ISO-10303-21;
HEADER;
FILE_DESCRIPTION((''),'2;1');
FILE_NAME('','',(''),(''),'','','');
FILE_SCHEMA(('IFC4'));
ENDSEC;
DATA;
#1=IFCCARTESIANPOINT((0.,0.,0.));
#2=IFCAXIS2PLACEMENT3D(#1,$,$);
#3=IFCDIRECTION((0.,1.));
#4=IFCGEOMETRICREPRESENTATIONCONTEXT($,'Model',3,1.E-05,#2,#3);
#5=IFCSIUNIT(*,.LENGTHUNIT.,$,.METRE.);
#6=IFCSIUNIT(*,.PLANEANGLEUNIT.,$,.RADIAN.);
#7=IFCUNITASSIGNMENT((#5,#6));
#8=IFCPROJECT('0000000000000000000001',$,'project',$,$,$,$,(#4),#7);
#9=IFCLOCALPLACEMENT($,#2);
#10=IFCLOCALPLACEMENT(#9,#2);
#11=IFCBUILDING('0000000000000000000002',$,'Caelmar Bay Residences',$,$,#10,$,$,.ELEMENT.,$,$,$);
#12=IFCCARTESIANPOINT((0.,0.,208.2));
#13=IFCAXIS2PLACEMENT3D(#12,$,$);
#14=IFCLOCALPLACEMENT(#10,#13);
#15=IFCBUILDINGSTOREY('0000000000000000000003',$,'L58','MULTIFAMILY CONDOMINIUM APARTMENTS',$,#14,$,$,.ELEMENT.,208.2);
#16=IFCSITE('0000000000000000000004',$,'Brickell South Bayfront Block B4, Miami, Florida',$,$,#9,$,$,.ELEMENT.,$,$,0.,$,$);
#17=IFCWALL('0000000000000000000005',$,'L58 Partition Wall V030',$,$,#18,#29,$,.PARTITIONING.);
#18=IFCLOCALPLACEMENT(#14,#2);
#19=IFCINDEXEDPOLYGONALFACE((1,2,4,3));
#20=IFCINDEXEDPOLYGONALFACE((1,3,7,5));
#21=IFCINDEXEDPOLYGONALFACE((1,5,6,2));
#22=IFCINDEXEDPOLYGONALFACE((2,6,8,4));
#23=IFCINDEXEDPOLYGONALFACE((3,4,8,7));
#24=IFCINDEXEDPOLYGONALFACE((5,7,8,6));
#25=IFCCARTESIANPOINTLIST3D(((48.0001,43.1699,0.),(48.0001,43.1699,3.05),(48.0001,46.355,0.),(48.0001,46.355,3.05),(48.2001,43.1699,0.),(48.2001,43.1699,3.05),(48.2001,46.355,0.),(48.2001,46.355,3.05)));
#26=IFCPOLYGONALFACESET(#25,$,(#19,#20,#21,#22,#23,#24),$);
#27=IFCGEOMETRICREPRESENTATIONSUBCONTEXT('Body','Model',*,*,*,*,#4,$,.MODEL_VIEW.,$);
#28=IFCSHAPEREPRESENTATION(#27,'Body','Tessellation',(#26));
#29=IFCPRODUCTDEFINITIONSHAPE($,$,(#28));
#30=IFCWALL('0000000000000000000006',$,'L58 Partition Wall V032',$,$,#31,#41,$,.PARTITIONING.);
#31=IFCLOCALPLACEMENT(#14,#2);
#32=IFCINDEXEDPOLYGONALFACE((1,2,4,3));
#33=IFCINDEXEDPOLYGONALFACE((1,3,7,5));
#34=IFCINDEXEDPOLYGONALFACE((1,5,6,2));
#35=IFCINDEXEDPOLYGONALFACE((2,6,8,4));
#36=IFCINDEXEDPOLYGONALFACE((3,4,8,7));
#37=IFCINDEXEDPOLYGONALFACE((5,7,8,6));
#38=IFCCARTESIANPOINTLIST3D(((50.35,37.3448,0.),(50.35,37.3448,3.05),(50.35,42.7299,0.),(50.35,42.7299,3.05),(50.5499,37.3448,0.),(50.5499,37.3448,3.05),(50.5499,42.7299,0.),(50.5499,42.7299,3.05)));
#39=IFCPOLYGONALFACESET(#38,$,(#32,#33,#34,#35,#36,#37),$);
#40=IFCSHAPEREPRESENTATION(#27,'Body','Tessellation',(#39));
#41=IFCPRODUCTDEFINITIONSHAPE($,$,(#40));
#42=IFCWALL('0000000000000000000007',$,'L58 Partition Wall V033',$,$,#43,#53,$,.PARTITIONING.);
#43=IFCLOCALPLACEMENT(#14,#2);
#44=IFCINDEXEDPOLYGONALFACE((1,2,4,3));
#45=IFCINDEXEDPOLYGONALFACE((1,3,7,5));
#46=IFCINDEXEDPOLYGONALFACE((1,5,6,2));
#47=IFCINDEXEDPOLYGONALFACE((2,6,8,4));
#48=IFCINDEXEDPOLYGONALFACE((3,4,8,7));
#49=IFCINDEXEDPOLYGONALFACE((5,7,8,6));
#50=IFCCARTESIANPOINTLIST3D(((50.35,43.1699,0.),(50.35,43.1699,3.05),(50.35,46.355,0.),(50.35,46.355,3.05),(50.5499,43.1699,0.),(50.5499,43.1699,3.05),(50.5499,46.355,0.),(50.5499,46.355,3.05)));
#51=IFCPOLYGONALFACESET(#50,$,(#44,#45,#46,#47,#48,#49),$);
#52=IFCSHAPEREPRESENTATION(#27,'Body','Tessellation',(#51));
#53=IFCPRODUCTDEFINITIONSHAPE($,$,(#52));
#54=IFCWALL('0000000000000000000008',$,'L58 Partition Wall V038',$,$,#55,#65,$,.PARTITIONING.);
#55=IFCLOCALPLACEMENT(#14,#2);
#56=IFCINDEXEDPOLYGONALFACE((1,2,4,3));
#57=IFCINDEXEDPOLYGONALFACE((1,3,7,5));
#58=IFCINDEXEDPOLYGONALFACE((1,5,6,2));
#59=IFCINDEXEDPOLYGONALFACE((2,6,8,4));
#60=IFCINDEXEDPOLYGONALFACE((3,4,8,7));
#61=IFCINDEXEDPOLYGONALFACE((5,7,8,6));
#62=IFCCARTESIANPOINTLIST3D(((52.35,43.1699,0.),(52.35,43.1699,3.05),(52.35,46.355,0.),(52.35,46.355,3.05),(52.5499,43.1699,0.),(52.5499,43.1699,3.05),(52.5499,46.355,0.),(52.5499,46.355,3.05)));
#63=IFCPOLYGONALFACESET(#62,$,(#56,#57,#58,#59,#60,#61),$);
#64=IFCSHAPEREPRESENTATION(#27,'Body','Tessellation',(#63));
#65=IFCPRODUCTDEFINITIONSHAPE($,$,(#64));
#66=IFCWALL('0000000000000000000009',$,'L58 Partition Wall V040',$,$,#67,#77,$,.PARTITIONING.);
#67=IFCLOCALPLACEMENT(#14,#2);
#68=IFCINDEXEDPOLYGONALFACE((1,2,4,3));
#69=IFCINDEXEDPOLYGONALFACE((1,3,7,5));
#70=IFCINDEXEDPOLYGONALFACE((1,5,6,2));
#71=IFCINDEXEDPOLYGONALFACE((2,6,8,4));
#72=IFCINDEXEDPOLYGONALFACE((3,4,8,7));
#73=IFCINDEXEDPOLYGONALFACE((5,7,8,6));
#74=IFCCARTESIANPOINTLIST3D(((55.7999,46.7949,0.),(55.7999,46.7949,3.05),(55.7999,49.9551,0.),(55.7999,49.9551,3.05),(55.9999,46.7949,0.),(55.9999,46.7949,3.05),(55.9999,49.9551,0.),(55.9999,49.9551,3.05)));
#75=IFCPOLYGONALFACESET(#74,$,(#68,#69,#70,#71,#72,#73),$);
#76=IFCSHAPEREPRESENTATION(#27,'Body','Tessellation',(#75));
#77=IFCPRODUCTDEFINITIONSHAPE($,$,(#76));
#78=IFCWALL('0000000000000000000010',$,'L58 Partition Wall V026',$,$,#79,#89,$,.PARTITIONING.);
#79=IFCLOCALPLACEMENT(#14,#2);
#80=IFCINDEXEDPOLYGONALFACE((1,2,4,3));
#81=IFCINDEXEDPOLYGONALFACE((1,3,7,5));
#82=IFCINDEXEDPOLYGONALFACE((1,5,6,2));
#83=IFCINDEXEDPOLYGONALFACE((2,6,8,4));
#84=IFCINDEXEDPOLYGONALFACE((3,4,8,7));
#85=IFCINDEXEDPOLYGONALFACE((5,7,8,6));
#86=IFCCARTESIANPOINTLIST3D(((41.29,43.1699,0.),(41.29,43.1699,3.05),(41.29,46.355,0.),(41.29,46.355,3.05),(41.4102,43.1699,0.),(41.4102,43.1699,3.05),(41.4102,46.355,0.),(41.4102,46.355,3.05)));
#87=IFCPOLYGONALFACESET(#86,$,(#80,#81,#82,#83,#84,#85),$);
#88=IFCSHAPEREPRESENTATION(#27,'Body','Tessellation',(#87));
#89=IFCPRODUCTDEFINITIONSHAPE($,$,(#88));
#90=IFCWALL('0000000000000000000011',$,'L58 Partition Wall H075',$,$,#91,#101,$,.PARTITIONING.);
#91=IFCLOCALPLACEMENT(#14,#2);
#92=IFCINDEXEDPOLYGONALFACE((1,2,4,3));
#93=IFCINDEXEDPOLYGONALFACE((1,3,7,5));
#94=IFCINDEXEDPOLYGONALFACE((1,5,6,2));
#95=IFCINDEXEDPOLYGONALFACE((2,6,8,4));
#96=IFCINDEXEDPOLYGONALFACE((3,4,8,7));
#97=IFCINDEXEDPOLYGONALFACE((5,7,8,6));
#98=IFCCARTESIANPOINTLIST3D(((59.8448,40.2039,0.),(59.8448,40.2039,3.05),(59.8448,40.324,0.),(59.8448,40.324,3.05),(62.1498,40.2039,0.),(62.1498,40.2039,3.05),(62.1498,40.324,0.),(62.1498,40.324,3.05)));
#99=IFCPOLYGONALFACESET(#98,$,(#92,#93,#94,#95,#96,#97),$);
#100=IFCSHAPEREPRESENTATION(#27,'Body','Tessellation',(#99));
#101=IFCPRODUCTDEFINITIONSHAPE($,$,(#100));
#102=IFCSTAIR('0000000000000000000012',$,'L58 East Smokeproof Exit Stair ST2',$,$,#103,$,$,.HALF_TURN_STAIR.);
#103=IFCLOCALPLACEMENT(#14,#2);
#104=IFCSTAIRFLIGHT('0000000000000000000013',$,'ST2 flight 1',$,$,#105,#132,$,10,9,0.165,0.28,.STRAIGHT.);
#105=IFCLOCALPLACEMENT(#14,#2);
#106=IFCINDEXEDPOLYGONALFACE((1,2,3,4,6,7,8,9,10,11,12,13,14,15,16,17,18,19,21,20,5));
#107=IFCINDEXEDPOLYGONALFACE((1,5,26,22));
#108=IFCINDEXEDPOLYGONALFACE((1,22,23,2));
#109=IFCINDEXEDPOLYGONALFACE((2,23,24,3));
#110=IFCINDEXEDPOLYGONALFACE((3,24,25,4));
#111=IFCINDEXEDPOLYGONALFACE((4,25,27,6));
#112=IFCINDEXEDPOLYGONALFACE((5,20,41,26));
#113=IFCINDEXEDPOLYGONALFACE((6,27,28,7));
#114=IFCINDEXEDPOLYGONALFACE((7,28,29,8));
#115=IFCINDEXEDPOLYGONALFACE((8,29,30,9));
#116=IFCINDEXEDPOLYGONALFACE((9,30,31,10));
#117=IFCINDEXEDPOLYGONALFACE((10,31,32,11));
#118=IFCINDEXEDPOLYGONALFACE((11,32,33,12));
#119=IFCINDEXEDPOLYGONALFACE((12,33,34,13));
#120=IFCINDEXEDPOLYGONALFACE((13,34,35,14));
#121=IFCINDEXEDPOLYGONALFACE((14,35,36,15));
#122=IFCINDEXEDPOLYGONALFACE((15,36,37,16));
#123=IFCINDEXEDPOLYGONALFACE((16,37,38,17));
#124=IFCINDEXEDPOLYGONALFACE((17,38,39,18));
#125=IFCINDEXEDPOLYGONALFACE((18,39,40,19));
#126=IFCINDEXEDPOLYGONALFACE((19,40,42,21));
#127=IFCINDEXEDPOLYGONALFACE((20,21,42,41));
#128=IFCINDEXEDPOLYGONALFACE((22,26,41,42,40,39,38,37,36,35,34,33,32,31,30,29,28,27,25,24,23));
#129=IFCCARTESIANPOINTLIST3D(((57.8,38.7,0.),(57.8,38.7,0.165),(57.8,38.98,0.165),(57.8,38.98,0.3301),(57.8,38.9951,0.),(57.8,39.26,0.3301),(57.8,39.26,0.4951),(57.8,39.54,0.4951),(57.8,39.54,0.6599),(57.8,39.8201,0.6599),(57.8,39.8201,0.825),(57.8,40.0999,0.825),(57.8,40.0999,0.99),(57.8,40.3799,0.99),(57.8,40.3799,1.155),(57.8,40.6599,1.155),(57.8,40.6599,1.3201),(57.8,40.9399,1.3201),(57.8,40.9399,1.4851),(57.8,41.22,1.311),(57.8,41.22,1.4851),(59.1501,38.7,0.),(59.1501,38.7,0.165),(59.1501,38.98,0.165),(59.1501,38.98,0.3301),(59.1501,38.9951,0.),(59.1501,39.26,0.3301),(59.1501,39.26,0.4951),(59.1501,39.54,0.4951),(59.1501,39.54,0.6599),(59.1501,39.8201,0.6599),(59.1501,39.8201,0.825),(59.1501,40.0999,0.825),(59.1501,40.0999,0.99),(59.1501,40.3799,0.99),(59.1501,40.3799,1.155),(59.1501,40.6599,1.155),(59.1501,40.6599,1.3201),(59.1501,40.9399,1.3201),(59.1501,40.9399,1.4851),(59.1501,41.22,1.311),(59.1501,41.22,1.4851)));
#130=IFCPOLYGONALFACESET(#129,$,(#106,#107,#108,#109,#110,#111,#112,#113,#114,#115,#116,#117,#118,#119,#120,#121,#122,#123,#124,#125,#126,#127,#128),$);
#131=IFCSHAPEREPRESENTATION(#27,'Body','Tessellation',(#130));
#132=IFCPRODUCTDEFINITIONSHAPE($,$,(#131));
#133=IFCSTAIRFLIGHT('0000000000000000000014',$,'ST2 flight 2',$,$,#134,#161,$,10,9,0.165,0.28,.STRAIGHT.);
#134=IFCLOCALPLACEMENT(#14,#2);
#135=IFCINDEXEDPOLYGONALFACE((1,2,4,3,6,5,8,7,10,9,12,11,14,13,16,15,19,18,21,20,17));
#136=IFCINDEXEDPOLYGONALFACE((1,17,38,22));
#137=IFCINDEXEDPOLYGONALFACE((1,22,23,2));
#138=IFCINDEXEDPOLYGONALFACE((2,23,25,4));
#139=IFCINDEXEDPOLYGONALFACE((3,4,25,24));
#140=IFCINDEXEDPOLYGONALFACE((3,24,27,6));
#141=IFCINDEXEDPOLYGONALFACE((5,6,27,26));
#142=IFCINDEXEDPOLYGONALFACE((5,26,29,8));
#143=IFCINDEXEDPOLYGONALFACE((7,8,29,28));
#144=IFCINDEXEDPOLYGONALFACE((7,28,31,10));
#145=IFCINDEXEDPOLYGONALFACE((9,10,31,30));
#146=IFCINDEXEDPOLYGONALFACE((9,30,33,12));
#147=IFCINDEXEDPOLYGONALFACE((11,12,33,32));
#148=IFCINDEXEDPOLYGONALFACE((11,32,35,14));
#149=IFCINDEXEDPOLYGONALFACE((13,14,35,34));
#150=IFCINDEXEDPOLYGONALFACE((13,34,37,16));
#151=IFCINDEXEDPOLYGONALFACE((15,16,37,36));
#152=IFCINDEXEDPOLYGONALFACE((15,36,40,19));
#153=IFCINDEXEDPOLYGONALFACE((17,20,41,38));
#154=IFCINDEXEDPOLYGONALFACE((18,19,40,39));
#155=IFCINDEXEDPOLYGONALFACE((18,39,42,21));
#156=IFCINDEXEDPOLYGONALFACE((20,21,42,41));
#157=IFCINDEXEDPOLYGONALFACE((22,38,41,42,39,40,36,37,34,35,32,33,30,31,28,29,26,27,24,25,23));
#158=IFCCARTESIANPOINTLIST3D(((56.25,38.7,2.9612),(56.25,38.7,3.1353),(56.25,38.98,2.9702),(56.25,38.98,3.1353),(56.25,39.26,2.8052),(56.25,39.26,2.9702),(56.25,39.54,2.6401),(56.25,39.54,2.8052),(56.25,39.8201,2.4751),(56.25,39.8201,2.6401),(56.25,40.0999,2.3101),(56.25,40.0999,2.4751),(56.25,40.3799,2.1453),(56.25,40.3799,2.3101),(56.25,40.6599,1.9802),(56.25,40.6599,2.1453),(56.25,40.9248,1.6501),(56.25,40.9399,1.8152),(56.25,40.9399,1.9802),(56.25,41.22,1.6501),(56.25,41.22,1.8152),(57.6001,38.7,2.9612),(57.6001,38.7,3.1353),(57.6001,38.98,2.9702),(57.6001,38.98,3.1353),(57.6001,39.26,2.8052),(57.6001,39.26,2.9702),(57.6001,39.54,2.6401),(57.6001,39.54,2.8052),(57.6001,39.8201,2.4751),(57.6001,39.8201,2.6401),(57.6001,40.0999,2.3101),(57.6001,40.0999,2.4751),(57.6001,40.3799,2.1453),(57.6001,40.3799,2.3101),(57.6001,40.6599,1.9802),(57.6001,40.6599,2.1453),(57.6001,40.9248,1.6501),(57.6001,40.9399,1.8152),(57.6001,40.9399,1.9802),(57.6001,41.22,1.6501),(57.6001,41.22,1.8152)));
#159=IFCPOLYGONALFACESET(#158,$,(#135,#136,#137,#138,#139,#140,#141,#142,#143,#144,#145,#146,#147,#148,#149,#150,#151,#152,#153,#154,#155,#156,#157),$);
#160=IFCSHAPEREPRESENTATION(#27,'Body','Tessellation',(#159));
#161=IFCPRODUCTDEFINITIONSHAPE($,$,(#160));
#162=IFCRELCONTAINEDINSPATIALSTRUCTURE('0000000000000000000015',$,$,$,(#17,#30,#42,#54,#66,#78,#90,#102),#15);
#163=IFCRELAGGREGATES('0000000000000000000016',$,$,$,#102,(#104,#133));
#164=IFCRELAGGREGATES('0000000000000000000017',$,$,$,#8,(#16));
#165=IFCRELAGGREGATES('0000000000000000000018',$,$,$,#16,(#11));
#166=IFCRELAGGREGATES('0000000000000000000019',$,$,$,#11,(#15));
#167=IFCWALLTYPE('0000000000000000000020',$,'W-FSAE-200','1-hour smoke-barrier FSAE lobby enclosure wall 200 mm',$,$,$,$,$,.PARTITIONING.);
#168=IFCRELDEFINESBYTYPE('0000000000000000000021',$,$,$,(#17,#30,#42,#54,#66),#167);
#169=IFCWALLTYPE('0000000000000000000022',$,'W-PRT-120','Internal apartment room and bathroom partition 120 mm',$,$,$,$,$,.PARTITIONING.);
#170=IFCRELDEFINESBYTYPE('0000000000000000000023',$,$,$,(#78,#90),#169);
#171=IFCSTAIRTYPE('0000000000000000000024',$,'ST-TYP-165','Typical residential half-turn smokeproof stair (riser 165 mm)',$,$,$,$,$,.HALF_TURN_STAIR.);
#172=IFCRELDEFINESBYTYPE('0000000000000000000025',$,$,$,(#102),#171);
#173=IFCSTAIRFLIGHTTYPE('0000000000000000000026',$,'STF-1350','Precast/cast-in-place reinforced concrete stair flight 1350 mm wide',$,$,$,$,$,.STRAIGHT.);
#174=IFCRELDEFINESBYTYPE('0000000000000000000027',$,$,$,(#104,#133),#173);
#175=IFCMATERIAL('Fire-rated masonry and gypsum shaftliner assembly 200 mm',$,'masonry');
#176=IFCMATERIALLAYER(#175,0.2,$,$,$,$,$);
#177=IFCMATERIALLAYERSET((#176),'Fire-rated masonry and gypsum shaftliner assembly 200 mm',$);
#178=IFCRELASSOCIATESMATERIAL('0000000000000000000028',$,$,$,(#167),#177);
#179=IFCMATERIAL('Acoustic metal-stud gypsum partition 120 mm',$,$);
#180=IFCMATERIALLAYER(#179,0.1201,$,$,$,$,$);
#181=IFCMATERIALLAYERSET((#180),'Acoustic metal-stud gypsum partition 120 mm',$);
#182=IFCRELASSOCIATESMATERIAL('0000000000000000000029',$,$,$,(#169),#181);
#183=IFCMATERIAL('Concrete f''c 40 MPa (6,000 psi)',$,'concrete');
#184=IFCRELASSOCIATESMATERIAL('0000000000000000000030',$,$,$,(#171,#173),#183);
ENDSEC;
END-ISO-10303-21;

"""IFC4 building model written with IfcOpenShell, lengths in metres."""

from ifc_helpers import new_model, si_unit, direction, frame, frame_2d, origin, place, context, subcontext, project, spatial, polyline, rectangle, outline, extrude, material, layer, layer_set, type_object, element, aggregate, save


model = new_model("IFC4")

# Units and contexts
model_context = context("Model", 3, precision=1e-05, world=origin(), true_north=direction((0.0, 1.0)))
body_context = subcontext(model_context, "Body", "Model", "MODEL_VIEW")
ifc_project = project(units=[si_unit("LENGTHUNIT", "METRE"), si_unit("PLANEANGLEUNIT", "RADIAN")], contexts=[model_context])

# Site, building, storey
site_placement = place(None, origin())
site = spatial("IfcSite", under=ifc_project, at=site_placement, Name="Brickell South Bayfront Block B4, Miami, Florida", CompositionType="ELEMENT", RefElevation=0.0)
building_placement = place(site_placement, origin())
building = spatial("IfcBuilding", under=site, at=building_placement, Name="Caelmar Bay Residences", CompositionType="ELEMENT")
storey_placement = place(building_placement, frame((0.0, 0.0, 208.2)))
storey = spatial("IfcBuildingStorey", under=building, at=storey_placement, Name="L58", Description="MULTIFAMILY CONDOMINIUM APARTMENTS", CompositionType="ELEMENT", Elevation=208.2)

# Walls
ifc_material_1 = material(Name="Fire-rated masonry and gypsum shaftliner assembly 200 mm", Category="masonry")
ifc_layer_1 = layer(ifc_material_1, 0.2)
ifc_layer_set_1 = layer_set([ifc_layer_1], Name="Fire-rated masonry and gypsum shaftliner assembly 200 mm")
wall_type_1 = type_object("IfcWallType", Name="W-FSAE-200", Description="1-hour smoke-barrier FSAE lobby enclosure wall 200 mm", PredefinedType="PARTITIONING", material=ifc_layer_set_1)
wall_1_placement = place(storey_placement, frame((48.1001, 43.1699, 0.0), z_axis=(0.0, 0.0, 1.0), x_axis=(0.0, 1.0, 0.0)))
element("IfcWall", 1, at=wall_1_placement, inside=storey, type_object=wall_type_1, Name="L58 Partition Wall V030", PredefinedType="PARTITIONING", context=body_context, shape_type="SweptSolid", body=[
    extrude(rectangle(XDim=3.1851, YDim=0.2, at=frame_2d((1.5925, 0.0))), origin(), (0.0, 0.0, 1.0), 3.05),
])
wall_2_placement = place(storey_placement, frame((50.45, 37.345, 0.0), z_axis=(0.0, 0.0, 1.0), x_axis=(0.0, 1.0, 0.0)))
element("IfcWall", 2, at=wall_2_placement, inside=storey, type_object=wall_type_1, Name="L58 Partition Wall V032", PredefinedType="PARTITIONING", context=body_context, shape_type="SweptSolid", body=[
    extrude(rectangle(XDim=5.385, YDim=0.2, at=frame_2d((2.6924, 0.0))), origin(), (0.0, 0.0, 1.0), 3.05),
])
for number, where, z_axis, x_axis, name in (
    (3, (50.45, 43.1699, 0.0), (0.0, 0.0, 1.0), (0.0, 1.0, 0.0), "L58 Partition Wall V033"),
    (4, (52.45, 43.1699, 0.0), (0.0, 0.0, 1.0), (0.0, 1.0, 0.0), "L58 Partition Wall V038"),
):
    element("IfcWall", number, at=place(storey_placement, frame(where, z_axis=z_axis, x_axis=x_axis)), inside=storey, type_object=wall_type_1, Name=name, PredefinedType="PARTITIONING", context=body_context, shape_type="SweptSolid", body=[
        extrude(rectangle(XDim=3.1851, YDim=0.2, at=frame_2d((1.5925, 0.0))), origin(), (0.0, 0.0, 1.0), 3.05),
    ])
wall_3_placement = place(storey_placement, frame((55.8999, 46.7949, 0.0), z_axis=(0.0, 0.0, 1.0), x_axis=(0.0, 1.0, 0.0)))
element("IfcWall", 5, at=wall_3_placement, inside=storey, type_object=wall_type_1, Name="L58 Partition Wall V040", PredefinedType="PARTITIONING", context=body_context, shape_type="SweptSolid", body=[
    extrude(rectangle(XDim=3.1602, YDim=0.2, at=frame_2d((1.5801, 0.0))), origin(), (0.0, 0.0, 1.0), 3.05),
])
ifc_material_2 = material(Name="Acoustic metal-stud gypsum partition 120 mm")
ifc_layer_2 = layer(ifc_material_2, 0.1201)
ifc_layer_set_2 = layer_set([ifc_layer_2], Name="Acoustic metal-stud gypsum partition 120 mm")
wall_type_2 = type_object("IfcWallType", Name="W-PRT-120", Description="Internal apartment room and bathroom partition 120 mm", PredefinedType="PARTITIONING", material=ifc_layer_set_2)
wall_4_placement = place(storey_placement, frame((41.3501, 43.1699, 0.0), z_axis=(0.0, 0.0, 1.0), x_axis=(0.0, 1.0, 0.0)))
element("IfcWall", 6, at=wall_4_placement, inside=storey, type_object=wall_type_2, Name="L58 Partition Wall V026", PredefinedType="PARTITIONING", context=body_context, shape_type="SweptSolid", body=[
    extrude(rectangle(XDim=3.1851, YDim=0.1201, at=frame_2d((1.5925, 0.0))), origin(), (0.0, 0.0, 1.0), 3.05),
])
wall_5_placement = place(storey_placement, frame((59.845, 40.2639, 0.0), z_axis=(0.0, 0.0, 1.0), x_axis=(1.0, 0.0, 0.0)))
element("IfcWall", 7, at=wall_5_placement, inside=storey, type_object=wall_type_2, Name="L58 Partition Wall H075", PredefinedType="PARTITIONING", context=body_context, shape_type="SweptSolid", body=[
    extrude(rectangle(XDim=2.3049, YDim=0.1201, at=frame_2d((1.1523, 0.0))), origin(), (0.0, 0.0, 1.0), 3.05),
])

# Stair, stair flights
ifc_material_3 = material(Name="Concrete f'c 40 MPa (6,000 psi)", Category="concrete")
stair_type = type_object("IfcStairType", Name="ST-TYP-165", Description="Typical residential half-turn smokeproof stair (riser 165 mm)", PredefinedType="HALF_TURN_STAIR", material=ifc_material_3)
stair_placement = place(storey_placement, origin())
stair = element("IfcStair", 8, at=stair_placement, inside=storey, type_object=stair_type, Name="L58 East Smokeproof Exit Stair ST2", PredefinedType="HALF_TURN_STAIR")
stair_flight_type = type_object("IfcStairFlightType", Name="STF-1350", Description="Precast/cast-in-place reinforced concrete stair flight 1350 mm wide", PredefinedType="STRAIGHT", material=ifc_material_3)
stair_flight_1_placement = place(storey_placement, frame((58.4751, 38.7, 0.0), z_axis=(0.0, 0.0, 1.0), x_axis=(0.0, 1.0, 0.0)))
stair_flight_1 = element("IfcStairFlight", 9, at=stair_flight_1_placement, type_object=stair_flight_type, Name="ST2 flight 1", NumberOfRisers=10, NumberOfTreads=9, PredefinedType="STRAIGHT", RiserHeight=0.165, TreadLength=0.28, context=body_context, shape_type="SweptSolid", body=[
    extrude(outline(polyline([(0.0, 0.0), (0.0, 0.165), (0.28, 0.165), (0.28, 0.3301), (0.5601, 0.3301), (0.5601, 0.4951), (0.8401, 0.4951), (0.8401, 0.6599), (1.1201, 0.6599), (1.1201, 0.825), (1.3999, 0.825), (1.3999, 0.99), (1.6799, 0.99), (1.6799, 1.155), (1.96, 1.155), (1.96, 1.3201), (2.24, 1.3201), (2.24, 1.4851), (2.52, 1.4851), (2.52, 1.6499), (2.52, 1.311), (0.2952, 0.0), (0.0, 0.0)])), frame((0.0, 0.675, 0.0), z_axis=(0.0, -1.0, 0.0), x_axis=(1.0, 0.0, 0.0)), (0.0, 0.0, 1.0), 1.3501),
])
stair_flight_2_placement = place(storey_placement, frame((56.925, 41.22, 1.6501), z_axis=(0.0, 0.0, 1.0), x_axis=(0.0, -1.0, 0.0)))
stair_flight_2 = element("IfcStairFlight", 10, at=stair_flight_2_placement, type_object=stair_flight_type, Name="ST2 flight 2", NumberOfRisers=10, NumberOfTreads=9, PredefinedType="STRAIGHT", RiserHeight=0.165, TreadLength=0.28, context=body_context, shape_type="SweptSolid", body=[
    extrude(outline(polyline([(0.0, 0.0), (0.0, 0.165), (0.28, 0.165), (0.28, 0.3301), (0.5601, 0.3301), (0.5601, 0.4951), (0.8401, 0.4951), (0.8401, 0.6599), (1.1201, 0.6599), (1.1201, 0.825), (1.3999, 0.825), (1.3999, 0.99), (1.6799, 0.99), (1.6799, 1.155), (1.96, 1.155), (1.96, 1.3201), (2.24, 1.3201), (2.24, 1.4851), (2.52, 1.4851), (2.52, 1.6499), (2.52, 1.311), (0.2952, 0.0), (0.0, 0.0)])), frame((0.0, 0.675, 0.0), z_axis=(0.0, -1.0, 0.0), x_axis=(1.0, 0.0, 0.0)), (0.0, 0.0, 1.0), 1.3501),
])
aggregate(stair, [stair_flight_1, stair_flight_2])

save(model, "model.ifc")
